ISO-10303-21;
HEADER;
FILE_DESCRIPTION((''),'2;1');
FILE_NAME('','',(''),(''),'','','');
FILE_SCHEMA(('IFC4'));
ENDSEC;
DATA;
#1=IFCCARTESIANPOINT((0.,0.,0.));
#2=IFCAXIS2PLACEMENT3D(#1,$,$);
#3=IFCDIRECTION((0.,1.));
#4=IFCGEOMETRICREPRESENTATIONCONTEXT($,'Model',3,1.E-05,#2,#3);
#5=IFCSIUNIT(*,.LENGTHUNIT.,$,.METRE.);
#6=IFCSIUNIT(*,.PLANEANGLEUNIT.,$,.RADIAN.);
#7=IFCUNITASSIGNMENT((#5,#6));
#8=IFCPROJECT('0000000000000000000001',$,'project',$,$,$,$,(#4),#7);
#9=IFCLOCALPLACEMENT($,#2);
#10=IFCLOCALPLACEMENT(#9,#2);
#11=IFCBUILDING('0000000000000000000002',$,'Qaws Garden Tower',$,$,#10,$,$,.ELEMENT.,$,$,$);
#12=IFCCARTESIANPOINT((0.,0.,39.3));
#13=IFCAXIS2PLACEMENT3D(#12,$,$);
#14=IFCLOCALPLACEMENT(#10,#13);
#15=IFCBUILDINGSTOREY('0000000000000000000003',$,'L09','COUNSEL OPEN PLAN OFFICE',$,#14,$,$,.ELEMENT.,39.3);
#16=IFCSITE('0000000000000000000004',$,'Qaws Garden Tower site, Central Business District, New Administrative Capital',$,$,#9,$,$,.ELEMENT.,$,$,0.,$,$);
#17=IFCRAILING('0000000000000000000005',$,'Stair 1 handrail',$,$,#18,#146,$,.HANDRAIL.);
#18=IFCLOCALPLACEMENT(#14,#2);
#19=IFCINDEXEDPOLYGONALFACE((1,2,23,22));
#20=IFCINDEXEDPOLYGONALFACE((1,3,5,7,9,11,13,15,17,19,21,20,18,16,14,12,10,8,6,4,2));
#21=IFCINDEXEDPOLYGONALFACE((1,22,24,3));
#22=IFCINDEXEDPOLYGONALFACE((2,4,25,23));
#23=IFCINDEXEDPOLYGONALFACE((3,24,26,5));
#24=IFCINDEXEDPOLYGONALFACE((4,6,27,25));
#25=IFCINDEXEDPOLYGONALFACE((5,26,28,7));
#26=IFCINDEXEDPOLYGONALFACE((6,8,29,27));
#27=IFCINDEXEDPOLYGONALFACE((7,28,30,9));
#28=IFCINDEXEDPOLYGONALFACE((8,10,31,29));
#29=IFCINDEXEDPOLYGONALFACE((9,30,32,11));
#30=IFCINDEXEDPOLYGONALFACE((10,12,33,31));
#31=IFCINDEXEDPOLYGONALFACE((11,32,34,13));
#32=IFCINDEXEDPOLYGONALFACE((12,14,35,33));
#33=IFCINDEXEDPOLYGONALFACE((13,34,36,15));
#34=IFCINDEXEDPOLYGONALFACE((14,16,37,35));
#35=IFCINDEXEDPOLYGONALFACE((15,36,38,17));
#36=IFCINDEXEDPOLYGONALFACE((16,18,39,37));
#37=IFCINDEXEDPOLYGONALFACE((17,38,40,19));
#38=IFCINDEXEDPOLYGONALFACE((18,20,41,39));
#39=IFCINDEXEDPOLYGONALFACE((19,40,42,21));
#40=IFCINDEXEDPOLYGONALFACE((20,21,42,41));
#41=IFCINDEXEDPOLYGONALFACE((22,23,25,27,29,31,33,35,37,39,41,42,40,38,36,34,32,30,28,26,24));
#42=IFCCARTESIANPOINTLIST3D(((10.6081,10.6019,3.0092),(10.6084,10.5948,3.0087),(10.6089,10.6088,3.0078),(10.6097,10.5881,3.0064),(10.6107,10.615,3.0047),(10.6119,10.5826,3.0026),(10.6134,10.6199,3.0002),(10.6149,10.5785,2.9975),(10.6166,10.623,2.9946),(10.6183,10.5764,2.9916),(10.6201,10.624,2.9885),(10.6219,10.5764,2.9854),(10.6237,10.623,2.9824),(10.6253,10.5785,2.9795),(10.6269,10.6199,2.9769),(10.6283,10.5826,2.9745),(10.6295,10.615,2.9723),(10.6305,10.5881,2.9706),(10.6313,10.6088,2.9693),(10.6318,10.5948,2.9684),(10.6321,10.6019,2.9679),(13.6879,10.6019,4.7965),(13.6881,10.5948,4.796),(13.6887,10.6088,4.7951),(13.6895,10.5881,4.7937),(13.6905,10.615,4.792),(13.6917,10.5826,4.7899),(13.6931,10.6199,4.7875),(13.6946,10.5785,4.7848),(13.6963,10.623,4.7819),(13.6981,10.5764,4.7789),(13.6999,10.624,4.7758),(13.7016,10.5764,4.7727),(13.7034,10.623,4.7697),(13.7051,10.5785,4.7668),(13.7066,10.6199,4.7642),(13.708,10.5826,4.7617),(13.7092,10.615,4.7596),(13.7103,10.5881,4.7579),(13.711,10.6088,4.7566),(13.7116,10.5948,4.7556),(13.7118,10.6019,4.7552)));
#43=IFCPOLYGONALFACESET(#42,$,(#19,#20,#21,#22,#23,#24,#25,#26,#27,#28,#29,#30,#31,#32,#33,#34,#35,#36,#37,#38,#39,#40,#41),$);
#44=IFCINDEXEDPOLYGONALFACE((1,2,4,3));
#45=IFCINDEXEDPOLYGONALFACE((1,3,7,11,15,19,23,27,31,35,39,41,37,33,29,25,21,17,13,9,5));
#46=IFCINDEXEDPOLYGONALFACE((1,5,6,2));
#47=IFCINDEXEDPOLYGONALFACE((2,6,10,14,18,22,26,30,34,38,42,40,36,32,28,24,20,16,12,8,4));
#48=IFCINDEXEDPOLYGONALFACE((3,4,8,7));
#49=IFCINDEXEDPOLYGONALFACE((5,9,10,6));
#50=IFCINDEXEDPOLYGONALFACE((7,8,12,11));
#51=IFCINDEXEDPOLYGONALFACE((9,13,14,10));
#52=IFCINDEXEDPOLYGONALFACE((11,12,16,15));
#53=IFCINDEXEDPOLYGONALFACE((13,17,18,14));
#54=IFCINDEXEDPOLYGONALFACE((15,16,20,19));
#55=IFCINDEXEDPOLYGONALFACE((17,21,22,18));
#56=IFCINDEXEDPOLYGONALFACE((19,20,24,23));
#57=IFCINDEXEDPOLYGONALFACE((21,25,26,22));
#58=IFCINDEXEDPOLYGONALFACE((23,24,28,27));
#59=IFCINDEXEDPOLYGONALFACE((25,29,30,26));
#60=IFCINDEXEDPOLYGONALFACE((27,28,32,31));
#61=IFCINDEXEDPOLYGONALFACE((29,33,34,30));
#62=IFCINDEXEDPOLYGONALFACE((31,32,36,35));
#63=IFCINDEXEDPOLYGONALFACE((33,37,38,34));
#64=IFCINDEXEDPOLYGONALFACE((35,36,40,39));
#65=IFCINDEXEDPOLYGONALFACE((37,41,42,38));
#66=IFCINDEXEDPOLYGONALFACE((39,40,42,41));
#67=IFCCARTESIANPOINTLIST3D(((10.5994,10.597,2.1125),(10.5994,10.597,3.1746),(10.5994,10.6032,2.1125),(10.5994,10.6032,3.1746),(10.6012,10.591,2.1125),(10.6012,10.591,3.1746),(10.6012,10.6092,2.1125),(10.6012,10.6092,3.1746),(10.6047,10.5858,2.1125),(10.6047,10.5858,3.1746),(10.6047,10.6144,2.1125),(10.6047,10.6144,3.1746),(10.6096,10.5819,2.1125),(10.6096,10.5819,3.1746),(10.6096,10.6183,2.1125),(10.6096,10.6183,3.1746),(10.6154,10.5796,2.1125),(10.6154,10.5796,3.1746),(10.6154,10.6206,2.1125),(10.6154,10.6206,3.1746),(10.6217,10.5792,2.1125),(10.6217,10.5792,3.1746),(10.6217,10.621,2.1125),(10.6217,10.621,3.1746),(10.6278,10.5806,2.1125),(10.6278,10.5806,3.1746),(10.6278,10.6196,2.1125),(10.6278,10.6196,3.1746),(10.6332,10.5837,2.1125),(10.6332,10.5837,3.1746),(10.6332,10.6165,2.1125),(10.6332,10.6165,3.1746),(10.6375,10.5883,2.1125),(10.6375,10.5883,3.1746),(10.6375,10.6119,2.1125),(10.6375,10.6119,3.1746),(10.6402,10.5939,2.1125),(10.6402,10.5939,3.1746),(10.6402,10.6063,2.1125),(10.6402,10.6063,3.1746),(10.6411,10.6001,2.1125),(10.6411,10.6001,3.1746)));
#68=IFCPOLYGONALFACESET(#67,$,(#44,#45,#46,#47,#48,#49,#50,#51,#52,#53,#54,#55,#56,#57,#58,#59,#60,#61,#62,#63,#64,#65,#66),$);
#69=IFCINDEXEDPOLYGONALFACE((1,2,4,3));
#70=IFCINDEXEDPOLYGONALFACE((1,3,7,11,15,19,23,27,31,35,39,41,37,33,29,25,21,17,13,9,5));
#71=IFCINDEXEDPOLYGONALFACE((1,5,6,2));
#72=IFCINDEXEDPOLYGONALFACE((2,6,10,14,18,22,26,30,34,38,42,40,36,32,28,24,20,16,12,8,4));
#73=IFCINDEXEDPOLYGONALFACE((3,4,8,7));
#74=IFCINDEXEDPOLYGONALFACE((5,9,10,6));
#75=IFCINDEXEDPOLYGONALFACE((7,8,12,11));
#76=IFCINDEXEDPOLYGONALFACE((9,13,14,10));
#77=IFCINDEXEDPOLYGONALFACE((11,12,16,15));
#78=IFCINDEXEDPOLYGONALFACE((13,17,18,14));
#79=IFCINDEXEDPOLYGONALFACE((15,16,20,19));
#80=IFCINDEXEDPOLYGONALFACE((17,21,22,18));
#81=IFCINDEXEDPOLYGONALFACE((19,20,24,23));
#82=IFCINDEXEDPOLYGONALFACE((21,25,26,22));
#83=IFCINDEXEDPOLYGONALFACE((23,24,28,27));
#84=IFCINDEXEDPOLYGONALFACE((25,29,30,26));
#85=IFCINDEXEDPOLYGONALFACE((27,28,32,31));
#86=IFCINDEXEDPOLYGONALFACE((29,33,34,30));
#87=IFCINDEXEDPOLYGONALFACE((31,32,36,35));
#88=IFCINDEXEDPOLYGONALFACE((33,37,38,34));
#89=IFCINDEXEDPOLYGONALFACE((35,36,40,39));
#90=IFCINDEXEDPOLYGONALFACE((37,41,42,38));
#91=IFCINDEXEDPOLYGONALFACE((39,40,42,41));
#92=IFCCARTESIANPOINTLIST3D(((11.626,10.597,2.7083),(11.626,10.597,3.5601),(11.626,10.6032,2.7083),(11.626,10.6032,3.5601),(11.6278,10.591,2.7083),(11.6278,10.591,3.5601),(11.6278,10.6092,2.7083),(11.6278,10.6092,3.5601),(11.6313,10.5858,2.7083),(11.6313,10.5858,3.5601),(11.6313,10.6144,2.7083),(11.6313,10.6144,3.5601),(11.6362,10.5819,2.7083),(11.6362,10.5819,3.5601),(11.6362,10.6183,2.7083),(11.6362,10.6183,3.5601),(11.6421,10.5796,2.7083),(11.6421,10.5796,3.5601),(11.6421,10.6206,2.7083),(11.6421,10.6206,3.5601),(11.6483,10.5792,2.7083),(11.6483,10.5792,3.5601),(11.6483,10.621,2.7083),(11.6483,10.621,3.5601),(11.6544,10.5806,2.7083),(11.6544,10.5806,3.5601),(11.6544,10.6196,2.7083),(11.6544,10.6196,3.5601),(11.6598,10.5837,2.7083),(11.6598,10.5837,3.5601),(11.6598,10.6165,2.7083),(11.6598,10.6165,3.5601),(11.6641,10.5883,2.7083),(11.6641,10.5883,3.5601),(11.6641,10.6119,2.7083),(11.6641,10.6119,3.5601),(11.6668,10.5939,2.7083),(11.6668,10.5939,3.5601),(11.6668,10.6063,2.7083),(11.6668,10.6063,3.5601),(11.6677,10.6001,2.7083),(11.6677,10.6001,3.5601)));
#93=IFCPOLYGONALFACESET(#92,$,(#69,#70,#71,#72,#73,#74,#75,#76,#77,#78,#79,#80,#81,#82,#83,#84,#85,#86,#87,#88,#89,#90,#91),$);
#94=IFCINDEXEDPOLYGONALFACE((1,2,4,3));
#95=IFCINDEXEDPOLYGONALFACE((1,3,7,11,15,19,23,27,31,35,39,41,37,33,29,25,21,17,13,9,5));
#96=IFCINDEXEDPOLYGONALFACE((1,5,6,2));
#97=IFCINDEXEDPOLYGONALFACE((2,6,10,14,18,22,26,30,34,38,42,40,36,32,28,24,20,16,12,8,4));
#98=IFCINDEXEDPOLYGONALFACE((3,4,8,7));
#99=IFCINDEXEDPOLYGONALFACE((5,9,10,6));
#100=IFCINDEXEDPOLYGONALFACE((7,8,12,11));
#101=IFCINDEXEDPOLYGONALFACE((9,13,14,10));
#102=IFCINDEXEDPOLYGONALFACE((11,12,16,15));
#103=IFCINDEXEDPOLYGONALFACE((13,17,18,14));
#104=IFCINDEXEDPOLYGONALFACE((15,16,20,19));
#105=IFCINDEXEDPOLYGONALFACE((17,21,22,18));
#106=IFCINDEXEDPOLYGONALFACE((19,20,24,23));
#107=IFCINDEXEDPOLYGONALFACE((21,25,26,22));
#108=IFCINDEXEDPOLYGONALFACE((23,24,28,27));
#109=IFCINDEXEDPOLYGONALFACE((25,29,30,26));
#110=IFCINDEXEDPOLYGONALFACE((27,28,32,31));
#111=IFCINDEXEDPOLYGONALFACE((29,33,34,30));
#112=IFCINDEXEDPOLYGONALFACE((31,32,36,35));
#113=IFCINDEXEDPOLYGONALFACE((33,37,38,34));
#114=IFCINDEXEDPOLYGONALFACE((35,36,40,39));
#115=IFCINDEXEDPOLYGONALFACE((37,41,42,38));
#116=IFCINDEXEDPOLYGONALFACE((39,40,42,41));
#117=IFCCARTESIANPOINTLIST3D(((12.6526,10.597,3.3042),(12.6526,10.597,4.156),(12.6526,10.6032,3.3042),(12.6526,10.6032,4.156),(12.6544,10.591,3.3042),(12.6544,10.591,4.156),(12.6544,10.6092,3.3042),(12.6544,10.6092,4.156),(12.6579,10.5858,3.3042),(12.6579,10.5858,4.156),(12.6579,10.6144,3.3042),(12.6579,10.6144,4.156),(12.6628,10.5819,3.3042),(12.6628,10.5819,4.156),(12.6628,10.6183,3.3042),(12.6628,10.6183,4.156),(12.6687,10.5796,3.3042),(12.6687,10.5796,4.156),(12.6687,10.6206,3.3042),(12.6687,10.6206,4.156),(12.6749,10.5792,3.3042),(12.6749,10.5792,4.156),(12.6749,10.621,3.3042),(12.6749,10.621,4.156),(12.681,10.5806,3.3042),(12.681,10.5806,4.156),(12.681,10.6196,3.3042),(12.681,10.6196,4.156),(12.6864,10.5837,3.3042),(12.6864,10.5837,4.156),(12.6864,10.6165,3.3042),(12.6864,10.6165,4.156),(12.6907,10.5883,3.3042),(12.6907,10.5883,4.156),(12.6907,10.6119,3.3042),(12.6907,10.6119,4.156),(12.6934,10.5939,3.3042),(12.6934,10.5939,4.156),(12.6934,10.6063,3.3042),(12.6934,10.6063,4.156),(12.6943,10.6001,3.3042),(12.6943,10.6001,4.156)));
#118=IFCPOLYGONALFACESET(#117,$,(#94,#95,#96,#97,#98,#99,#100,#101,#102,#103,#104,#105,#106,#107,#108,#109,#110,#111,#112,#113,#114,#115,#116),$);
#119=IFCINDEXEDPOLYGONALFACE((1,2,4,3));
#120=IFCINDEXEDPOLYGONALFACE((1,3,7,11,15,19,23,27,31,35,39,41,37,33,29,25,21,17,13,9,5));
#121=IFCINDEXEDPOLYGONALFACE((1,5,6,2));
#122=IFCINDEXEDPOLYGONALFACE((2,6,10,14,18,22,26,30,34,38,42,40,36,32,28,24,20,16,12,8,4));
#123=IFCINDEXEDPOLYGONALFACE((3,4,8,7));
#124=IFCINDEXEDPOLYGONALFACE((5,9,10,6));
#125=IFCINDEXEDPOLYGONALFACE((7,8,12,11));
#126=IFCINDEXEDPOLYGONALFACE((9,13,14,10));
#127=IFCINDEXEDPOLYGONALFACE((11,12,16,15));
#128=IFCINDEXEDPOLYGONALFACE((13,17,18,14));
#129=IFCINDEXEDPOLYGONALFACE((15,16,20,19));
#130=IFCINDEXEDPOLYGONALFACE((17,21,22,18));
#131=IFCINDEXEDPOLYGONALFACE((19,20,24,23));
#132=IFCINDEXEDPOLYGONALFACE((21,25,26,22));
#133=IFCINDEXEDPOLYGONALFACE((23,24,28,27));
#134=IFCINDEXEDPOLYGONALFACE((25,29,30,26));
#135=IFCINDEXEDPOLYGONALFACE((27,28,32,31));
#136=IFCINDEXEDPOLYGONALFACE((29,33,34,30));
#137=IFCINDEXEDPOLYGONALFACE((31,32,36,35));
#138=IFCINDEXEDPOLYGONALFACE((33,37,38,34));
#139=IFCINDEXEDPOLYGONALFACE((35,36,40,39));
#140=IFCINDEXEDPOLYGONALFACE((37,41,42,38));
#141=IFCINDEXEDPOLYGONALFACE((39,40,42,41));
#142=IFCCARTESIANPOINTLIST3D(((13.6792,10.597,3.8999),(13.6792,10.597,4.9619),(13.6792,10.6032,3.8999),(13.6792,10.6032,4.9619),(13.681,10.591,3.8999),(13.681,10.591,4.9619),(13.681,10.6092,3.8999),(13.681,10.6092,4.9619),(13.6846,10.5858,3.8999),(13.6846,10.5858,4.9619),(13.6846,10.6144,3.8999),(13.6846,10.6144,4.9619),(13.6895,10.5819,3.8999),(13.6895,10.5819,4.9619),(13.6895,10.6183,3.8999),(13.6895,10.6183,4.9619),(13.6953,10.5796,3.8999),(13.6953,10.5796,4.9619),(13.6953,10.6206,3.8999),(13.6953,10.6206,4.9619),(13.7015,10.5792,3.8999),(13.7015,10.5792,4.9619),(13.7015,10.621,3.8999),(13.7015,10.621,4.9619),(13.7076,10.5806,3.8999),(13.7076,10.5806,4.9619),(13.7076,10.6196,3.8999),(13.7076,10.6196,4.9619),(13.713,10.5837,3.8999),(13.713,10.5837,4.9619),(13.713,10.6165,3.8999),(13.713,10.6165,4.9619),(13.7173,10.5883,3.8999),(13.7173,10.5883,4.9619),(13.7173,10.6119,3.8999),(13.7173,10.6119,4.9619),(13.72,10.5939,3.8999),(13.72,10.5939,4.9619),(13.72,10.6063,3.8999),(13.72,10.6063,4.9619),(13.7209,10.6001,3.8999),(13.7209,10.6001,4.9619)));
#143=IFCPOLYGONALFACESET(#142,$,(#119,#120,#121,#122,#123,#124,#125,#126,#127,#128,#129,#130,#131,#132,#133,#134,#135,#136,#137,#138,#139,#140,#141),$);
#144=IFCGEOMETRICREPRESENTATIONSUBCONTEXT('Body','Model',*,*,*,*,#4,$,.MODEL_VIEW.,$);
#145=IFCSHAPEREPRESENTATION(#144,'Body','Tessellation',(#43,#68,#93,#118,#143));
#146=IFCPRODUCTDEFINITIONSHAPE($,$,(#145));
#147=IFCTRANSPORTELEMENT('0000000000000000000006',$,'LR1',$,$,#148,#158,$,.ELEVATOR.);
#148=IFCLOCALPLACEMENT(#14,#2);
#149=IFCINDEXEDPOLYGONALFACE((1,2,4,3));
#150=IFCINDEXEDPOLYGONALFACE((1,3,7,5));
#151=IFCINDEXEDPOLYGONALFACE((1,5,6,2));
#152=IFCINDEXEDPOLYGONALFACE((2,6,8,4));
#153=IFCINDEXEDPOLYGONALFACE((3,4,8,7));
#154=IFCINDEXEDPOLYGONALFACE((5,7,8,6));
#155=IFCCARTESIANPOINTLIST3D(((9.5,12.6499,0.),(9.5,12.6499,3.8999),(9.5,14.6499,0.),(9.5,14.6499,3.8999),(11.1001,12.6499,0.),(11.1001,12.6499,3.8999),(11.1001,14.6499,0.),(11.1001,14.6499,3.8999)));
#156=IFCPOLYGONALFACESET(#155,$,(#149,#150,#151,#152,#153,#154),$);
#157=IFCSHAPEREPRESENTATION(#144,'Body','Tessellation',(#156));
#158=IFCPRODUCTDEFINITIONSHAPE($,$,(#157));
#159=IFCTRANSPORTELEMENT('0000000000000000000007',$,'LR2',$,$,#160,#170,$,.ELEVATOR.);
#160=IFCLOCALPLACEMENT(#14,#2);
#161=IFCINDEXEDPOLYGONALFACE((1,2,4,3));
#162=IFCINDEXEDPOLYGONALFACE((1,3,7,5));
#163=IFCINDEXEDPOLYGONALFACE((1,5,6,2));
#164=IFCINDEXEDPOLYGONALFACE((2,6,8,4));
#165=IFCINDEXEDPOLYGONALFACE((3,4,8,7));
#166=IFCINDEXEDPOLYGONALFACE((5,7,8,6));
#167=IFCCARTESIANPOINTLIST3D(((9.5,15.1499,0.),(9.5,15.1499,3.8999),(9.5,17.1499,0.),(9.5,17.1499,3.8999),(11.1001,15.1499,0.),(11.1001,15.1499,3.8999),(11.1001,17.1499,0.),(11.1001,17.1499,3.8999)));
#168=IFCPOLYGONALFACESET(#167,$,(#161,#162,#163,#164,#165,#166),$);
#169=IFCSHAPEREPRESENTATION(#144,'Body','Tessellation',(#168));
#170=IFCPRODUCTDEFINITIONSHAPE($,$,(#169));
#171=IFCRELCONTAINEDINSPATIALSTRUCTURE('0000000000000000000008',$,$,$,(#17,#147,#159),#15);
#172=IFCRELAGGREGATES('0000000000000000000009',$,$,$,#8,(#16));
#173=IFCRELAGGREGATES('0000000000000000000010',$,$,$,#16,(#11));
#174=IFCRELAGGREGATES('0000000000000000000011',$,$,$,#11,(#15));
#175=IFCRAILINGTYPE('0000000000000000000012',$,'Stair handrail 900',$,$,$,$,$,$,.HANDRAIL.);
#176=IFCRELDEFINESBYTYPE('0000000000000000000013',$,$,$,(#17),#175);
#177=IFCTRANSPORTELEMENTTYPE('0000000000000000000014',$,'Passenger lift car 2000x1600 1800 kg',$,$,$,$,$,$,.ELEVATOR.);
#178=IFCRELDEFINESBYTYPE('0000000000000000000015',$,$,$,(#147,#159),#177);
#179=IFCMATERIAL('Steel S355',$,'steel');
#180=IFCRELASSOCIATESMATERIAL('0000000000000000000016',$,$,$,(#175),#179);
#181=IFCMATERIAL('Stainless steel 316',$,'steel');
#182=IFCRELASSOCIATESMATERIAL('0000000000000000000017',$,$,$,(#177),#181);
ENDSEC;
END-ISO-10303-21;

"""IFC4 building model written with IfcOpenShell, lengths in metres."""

from ifc_helpers import new_model, si_unit, direction, frame, origin, origin_2d, place, context, subcontext, project, spatial, rectangle, circle, extrude, material, type_object, element, save


model = new_model("IFC4")

# Units and contexts
model_context = context("Model", 3, precision=1e-05, world=origin(), true_north=direction((0.0, 1.0)))
body_context = subcontext(model_context, "Body", "Model", "MODEL_VIEW")
ifc_project = project(units=[si_unit("LENGTHUNIT", "METRE"), si_unit("PLANEANGLEUNIT", "RADIAN")], contexts=[model_context])

# Site, building, storey
site_placement = place(None, origin())
site = spatial("IfcSite", under=ifc_project, at=site_placement, Name="Qaws Garden Tower site, Central Business District, New Administrative Capital", CompositionType="ELEMENT", RefElevation=0.0)
building_placement = place(site_placement, origin())
building = spatial("IfcBuilding", under=site, at=building_placement, Name="Qaws Garden Tower", CompositionType="ELEMENT")
storey_placement = place(building_placement, frame((0.0, 0.0, 39.3)))
storey = spatial("IfcBuildingStorey", under=building, at=storey_placement, Name="L09", Description="COUNSEL OPEN PLAN OFFICE", CompositionType="ELEMENT", Elevation=39.3)

# Railing
ifc_material_1 = material(Name="Steel S355", Category="steel")
railing_type = type_object("IfcRailingType", Name="Stair handrail 900", PredefinedType="HANDRAIL", material=ifc_material_1)
railing_1_placement = place(storey_placement, frame((10.6201, 10.6001, 2.1125)))
element("IfcRailing", 1, at=railing_1_placement, inside=storey, type_object=railing_type, Name="Stair 1 handrail", PredefinedType="HANDRAIL", context=body_context, shape_type="SweptSolid", body=[
    extrude(circle(Radius=0.0239, at=origin_2d()), frame((0.0, 0.0, 0.876), z_axis=(0.864903, 0.0, 0.501939), x_axis=(0.0, 1.0, 0.0)), (0.0, 0.0, 1.0), 3.5608),
    extrude(circle(Radius=0.021, at=origin_2d()), origin(), (0.0, 0.0, 1.0), 1.062),
    extrude(circle(Radius=0.021, at=origin_2d()), frame((1.0266, 0.0, 0.5957)), (0.0, 0.0, 1.0), 0.8518),
    extrude(circle(Radius=0.021, at=origin_2d()), frame((2.0532, 0.0, 1.1917)), (0.0, 0.0, 1.0), 0.8518),
    extrude(circle(Radius=0.021, at=origin_2d()), frame((3.0798, 0.0, 1.7874)), (0.0, 0.0, 1.0), 1.062),
])

# Transport elements
ifc_material_2 = material(Name="Stainless steel 316", Category="steel")
transport_element_type = type_object("IfcTransportElementType", Name="Passenger lift car 2000x1600 1800 kg", PredefinedType="ELEVATOR", material=ifc_material_2)
for number, where, z_axis, x_axis, name in (
    (2, (10.3, 13.6499, 0.0), (0.0, 0.0, 1.0), (1.0, 0.0, 0.0), "LR1"),
    (3, (10.3, 16.1499, 0.0), (0.0, 0.0, 1.0), (1.0, 0.0, 0.0), "LR2"),
):
    element("IfcTransportElement", number, at=place(storey_placement, frame(where, z_axis=z_axis, x_axis=x_axis)), inside=storey, type_object=transport_element_type, Name=name, PredefinedType="ELEVATOR", context=body_context, shape_type="SweptSolid", body=[
        extrude(rectangle(XDim=1.6001, YDim=2.0, at=origin_2d()), origin(), (0.0, 0.0, 1.0), 3.8999),
    ])

save(model, "model.ifc")
